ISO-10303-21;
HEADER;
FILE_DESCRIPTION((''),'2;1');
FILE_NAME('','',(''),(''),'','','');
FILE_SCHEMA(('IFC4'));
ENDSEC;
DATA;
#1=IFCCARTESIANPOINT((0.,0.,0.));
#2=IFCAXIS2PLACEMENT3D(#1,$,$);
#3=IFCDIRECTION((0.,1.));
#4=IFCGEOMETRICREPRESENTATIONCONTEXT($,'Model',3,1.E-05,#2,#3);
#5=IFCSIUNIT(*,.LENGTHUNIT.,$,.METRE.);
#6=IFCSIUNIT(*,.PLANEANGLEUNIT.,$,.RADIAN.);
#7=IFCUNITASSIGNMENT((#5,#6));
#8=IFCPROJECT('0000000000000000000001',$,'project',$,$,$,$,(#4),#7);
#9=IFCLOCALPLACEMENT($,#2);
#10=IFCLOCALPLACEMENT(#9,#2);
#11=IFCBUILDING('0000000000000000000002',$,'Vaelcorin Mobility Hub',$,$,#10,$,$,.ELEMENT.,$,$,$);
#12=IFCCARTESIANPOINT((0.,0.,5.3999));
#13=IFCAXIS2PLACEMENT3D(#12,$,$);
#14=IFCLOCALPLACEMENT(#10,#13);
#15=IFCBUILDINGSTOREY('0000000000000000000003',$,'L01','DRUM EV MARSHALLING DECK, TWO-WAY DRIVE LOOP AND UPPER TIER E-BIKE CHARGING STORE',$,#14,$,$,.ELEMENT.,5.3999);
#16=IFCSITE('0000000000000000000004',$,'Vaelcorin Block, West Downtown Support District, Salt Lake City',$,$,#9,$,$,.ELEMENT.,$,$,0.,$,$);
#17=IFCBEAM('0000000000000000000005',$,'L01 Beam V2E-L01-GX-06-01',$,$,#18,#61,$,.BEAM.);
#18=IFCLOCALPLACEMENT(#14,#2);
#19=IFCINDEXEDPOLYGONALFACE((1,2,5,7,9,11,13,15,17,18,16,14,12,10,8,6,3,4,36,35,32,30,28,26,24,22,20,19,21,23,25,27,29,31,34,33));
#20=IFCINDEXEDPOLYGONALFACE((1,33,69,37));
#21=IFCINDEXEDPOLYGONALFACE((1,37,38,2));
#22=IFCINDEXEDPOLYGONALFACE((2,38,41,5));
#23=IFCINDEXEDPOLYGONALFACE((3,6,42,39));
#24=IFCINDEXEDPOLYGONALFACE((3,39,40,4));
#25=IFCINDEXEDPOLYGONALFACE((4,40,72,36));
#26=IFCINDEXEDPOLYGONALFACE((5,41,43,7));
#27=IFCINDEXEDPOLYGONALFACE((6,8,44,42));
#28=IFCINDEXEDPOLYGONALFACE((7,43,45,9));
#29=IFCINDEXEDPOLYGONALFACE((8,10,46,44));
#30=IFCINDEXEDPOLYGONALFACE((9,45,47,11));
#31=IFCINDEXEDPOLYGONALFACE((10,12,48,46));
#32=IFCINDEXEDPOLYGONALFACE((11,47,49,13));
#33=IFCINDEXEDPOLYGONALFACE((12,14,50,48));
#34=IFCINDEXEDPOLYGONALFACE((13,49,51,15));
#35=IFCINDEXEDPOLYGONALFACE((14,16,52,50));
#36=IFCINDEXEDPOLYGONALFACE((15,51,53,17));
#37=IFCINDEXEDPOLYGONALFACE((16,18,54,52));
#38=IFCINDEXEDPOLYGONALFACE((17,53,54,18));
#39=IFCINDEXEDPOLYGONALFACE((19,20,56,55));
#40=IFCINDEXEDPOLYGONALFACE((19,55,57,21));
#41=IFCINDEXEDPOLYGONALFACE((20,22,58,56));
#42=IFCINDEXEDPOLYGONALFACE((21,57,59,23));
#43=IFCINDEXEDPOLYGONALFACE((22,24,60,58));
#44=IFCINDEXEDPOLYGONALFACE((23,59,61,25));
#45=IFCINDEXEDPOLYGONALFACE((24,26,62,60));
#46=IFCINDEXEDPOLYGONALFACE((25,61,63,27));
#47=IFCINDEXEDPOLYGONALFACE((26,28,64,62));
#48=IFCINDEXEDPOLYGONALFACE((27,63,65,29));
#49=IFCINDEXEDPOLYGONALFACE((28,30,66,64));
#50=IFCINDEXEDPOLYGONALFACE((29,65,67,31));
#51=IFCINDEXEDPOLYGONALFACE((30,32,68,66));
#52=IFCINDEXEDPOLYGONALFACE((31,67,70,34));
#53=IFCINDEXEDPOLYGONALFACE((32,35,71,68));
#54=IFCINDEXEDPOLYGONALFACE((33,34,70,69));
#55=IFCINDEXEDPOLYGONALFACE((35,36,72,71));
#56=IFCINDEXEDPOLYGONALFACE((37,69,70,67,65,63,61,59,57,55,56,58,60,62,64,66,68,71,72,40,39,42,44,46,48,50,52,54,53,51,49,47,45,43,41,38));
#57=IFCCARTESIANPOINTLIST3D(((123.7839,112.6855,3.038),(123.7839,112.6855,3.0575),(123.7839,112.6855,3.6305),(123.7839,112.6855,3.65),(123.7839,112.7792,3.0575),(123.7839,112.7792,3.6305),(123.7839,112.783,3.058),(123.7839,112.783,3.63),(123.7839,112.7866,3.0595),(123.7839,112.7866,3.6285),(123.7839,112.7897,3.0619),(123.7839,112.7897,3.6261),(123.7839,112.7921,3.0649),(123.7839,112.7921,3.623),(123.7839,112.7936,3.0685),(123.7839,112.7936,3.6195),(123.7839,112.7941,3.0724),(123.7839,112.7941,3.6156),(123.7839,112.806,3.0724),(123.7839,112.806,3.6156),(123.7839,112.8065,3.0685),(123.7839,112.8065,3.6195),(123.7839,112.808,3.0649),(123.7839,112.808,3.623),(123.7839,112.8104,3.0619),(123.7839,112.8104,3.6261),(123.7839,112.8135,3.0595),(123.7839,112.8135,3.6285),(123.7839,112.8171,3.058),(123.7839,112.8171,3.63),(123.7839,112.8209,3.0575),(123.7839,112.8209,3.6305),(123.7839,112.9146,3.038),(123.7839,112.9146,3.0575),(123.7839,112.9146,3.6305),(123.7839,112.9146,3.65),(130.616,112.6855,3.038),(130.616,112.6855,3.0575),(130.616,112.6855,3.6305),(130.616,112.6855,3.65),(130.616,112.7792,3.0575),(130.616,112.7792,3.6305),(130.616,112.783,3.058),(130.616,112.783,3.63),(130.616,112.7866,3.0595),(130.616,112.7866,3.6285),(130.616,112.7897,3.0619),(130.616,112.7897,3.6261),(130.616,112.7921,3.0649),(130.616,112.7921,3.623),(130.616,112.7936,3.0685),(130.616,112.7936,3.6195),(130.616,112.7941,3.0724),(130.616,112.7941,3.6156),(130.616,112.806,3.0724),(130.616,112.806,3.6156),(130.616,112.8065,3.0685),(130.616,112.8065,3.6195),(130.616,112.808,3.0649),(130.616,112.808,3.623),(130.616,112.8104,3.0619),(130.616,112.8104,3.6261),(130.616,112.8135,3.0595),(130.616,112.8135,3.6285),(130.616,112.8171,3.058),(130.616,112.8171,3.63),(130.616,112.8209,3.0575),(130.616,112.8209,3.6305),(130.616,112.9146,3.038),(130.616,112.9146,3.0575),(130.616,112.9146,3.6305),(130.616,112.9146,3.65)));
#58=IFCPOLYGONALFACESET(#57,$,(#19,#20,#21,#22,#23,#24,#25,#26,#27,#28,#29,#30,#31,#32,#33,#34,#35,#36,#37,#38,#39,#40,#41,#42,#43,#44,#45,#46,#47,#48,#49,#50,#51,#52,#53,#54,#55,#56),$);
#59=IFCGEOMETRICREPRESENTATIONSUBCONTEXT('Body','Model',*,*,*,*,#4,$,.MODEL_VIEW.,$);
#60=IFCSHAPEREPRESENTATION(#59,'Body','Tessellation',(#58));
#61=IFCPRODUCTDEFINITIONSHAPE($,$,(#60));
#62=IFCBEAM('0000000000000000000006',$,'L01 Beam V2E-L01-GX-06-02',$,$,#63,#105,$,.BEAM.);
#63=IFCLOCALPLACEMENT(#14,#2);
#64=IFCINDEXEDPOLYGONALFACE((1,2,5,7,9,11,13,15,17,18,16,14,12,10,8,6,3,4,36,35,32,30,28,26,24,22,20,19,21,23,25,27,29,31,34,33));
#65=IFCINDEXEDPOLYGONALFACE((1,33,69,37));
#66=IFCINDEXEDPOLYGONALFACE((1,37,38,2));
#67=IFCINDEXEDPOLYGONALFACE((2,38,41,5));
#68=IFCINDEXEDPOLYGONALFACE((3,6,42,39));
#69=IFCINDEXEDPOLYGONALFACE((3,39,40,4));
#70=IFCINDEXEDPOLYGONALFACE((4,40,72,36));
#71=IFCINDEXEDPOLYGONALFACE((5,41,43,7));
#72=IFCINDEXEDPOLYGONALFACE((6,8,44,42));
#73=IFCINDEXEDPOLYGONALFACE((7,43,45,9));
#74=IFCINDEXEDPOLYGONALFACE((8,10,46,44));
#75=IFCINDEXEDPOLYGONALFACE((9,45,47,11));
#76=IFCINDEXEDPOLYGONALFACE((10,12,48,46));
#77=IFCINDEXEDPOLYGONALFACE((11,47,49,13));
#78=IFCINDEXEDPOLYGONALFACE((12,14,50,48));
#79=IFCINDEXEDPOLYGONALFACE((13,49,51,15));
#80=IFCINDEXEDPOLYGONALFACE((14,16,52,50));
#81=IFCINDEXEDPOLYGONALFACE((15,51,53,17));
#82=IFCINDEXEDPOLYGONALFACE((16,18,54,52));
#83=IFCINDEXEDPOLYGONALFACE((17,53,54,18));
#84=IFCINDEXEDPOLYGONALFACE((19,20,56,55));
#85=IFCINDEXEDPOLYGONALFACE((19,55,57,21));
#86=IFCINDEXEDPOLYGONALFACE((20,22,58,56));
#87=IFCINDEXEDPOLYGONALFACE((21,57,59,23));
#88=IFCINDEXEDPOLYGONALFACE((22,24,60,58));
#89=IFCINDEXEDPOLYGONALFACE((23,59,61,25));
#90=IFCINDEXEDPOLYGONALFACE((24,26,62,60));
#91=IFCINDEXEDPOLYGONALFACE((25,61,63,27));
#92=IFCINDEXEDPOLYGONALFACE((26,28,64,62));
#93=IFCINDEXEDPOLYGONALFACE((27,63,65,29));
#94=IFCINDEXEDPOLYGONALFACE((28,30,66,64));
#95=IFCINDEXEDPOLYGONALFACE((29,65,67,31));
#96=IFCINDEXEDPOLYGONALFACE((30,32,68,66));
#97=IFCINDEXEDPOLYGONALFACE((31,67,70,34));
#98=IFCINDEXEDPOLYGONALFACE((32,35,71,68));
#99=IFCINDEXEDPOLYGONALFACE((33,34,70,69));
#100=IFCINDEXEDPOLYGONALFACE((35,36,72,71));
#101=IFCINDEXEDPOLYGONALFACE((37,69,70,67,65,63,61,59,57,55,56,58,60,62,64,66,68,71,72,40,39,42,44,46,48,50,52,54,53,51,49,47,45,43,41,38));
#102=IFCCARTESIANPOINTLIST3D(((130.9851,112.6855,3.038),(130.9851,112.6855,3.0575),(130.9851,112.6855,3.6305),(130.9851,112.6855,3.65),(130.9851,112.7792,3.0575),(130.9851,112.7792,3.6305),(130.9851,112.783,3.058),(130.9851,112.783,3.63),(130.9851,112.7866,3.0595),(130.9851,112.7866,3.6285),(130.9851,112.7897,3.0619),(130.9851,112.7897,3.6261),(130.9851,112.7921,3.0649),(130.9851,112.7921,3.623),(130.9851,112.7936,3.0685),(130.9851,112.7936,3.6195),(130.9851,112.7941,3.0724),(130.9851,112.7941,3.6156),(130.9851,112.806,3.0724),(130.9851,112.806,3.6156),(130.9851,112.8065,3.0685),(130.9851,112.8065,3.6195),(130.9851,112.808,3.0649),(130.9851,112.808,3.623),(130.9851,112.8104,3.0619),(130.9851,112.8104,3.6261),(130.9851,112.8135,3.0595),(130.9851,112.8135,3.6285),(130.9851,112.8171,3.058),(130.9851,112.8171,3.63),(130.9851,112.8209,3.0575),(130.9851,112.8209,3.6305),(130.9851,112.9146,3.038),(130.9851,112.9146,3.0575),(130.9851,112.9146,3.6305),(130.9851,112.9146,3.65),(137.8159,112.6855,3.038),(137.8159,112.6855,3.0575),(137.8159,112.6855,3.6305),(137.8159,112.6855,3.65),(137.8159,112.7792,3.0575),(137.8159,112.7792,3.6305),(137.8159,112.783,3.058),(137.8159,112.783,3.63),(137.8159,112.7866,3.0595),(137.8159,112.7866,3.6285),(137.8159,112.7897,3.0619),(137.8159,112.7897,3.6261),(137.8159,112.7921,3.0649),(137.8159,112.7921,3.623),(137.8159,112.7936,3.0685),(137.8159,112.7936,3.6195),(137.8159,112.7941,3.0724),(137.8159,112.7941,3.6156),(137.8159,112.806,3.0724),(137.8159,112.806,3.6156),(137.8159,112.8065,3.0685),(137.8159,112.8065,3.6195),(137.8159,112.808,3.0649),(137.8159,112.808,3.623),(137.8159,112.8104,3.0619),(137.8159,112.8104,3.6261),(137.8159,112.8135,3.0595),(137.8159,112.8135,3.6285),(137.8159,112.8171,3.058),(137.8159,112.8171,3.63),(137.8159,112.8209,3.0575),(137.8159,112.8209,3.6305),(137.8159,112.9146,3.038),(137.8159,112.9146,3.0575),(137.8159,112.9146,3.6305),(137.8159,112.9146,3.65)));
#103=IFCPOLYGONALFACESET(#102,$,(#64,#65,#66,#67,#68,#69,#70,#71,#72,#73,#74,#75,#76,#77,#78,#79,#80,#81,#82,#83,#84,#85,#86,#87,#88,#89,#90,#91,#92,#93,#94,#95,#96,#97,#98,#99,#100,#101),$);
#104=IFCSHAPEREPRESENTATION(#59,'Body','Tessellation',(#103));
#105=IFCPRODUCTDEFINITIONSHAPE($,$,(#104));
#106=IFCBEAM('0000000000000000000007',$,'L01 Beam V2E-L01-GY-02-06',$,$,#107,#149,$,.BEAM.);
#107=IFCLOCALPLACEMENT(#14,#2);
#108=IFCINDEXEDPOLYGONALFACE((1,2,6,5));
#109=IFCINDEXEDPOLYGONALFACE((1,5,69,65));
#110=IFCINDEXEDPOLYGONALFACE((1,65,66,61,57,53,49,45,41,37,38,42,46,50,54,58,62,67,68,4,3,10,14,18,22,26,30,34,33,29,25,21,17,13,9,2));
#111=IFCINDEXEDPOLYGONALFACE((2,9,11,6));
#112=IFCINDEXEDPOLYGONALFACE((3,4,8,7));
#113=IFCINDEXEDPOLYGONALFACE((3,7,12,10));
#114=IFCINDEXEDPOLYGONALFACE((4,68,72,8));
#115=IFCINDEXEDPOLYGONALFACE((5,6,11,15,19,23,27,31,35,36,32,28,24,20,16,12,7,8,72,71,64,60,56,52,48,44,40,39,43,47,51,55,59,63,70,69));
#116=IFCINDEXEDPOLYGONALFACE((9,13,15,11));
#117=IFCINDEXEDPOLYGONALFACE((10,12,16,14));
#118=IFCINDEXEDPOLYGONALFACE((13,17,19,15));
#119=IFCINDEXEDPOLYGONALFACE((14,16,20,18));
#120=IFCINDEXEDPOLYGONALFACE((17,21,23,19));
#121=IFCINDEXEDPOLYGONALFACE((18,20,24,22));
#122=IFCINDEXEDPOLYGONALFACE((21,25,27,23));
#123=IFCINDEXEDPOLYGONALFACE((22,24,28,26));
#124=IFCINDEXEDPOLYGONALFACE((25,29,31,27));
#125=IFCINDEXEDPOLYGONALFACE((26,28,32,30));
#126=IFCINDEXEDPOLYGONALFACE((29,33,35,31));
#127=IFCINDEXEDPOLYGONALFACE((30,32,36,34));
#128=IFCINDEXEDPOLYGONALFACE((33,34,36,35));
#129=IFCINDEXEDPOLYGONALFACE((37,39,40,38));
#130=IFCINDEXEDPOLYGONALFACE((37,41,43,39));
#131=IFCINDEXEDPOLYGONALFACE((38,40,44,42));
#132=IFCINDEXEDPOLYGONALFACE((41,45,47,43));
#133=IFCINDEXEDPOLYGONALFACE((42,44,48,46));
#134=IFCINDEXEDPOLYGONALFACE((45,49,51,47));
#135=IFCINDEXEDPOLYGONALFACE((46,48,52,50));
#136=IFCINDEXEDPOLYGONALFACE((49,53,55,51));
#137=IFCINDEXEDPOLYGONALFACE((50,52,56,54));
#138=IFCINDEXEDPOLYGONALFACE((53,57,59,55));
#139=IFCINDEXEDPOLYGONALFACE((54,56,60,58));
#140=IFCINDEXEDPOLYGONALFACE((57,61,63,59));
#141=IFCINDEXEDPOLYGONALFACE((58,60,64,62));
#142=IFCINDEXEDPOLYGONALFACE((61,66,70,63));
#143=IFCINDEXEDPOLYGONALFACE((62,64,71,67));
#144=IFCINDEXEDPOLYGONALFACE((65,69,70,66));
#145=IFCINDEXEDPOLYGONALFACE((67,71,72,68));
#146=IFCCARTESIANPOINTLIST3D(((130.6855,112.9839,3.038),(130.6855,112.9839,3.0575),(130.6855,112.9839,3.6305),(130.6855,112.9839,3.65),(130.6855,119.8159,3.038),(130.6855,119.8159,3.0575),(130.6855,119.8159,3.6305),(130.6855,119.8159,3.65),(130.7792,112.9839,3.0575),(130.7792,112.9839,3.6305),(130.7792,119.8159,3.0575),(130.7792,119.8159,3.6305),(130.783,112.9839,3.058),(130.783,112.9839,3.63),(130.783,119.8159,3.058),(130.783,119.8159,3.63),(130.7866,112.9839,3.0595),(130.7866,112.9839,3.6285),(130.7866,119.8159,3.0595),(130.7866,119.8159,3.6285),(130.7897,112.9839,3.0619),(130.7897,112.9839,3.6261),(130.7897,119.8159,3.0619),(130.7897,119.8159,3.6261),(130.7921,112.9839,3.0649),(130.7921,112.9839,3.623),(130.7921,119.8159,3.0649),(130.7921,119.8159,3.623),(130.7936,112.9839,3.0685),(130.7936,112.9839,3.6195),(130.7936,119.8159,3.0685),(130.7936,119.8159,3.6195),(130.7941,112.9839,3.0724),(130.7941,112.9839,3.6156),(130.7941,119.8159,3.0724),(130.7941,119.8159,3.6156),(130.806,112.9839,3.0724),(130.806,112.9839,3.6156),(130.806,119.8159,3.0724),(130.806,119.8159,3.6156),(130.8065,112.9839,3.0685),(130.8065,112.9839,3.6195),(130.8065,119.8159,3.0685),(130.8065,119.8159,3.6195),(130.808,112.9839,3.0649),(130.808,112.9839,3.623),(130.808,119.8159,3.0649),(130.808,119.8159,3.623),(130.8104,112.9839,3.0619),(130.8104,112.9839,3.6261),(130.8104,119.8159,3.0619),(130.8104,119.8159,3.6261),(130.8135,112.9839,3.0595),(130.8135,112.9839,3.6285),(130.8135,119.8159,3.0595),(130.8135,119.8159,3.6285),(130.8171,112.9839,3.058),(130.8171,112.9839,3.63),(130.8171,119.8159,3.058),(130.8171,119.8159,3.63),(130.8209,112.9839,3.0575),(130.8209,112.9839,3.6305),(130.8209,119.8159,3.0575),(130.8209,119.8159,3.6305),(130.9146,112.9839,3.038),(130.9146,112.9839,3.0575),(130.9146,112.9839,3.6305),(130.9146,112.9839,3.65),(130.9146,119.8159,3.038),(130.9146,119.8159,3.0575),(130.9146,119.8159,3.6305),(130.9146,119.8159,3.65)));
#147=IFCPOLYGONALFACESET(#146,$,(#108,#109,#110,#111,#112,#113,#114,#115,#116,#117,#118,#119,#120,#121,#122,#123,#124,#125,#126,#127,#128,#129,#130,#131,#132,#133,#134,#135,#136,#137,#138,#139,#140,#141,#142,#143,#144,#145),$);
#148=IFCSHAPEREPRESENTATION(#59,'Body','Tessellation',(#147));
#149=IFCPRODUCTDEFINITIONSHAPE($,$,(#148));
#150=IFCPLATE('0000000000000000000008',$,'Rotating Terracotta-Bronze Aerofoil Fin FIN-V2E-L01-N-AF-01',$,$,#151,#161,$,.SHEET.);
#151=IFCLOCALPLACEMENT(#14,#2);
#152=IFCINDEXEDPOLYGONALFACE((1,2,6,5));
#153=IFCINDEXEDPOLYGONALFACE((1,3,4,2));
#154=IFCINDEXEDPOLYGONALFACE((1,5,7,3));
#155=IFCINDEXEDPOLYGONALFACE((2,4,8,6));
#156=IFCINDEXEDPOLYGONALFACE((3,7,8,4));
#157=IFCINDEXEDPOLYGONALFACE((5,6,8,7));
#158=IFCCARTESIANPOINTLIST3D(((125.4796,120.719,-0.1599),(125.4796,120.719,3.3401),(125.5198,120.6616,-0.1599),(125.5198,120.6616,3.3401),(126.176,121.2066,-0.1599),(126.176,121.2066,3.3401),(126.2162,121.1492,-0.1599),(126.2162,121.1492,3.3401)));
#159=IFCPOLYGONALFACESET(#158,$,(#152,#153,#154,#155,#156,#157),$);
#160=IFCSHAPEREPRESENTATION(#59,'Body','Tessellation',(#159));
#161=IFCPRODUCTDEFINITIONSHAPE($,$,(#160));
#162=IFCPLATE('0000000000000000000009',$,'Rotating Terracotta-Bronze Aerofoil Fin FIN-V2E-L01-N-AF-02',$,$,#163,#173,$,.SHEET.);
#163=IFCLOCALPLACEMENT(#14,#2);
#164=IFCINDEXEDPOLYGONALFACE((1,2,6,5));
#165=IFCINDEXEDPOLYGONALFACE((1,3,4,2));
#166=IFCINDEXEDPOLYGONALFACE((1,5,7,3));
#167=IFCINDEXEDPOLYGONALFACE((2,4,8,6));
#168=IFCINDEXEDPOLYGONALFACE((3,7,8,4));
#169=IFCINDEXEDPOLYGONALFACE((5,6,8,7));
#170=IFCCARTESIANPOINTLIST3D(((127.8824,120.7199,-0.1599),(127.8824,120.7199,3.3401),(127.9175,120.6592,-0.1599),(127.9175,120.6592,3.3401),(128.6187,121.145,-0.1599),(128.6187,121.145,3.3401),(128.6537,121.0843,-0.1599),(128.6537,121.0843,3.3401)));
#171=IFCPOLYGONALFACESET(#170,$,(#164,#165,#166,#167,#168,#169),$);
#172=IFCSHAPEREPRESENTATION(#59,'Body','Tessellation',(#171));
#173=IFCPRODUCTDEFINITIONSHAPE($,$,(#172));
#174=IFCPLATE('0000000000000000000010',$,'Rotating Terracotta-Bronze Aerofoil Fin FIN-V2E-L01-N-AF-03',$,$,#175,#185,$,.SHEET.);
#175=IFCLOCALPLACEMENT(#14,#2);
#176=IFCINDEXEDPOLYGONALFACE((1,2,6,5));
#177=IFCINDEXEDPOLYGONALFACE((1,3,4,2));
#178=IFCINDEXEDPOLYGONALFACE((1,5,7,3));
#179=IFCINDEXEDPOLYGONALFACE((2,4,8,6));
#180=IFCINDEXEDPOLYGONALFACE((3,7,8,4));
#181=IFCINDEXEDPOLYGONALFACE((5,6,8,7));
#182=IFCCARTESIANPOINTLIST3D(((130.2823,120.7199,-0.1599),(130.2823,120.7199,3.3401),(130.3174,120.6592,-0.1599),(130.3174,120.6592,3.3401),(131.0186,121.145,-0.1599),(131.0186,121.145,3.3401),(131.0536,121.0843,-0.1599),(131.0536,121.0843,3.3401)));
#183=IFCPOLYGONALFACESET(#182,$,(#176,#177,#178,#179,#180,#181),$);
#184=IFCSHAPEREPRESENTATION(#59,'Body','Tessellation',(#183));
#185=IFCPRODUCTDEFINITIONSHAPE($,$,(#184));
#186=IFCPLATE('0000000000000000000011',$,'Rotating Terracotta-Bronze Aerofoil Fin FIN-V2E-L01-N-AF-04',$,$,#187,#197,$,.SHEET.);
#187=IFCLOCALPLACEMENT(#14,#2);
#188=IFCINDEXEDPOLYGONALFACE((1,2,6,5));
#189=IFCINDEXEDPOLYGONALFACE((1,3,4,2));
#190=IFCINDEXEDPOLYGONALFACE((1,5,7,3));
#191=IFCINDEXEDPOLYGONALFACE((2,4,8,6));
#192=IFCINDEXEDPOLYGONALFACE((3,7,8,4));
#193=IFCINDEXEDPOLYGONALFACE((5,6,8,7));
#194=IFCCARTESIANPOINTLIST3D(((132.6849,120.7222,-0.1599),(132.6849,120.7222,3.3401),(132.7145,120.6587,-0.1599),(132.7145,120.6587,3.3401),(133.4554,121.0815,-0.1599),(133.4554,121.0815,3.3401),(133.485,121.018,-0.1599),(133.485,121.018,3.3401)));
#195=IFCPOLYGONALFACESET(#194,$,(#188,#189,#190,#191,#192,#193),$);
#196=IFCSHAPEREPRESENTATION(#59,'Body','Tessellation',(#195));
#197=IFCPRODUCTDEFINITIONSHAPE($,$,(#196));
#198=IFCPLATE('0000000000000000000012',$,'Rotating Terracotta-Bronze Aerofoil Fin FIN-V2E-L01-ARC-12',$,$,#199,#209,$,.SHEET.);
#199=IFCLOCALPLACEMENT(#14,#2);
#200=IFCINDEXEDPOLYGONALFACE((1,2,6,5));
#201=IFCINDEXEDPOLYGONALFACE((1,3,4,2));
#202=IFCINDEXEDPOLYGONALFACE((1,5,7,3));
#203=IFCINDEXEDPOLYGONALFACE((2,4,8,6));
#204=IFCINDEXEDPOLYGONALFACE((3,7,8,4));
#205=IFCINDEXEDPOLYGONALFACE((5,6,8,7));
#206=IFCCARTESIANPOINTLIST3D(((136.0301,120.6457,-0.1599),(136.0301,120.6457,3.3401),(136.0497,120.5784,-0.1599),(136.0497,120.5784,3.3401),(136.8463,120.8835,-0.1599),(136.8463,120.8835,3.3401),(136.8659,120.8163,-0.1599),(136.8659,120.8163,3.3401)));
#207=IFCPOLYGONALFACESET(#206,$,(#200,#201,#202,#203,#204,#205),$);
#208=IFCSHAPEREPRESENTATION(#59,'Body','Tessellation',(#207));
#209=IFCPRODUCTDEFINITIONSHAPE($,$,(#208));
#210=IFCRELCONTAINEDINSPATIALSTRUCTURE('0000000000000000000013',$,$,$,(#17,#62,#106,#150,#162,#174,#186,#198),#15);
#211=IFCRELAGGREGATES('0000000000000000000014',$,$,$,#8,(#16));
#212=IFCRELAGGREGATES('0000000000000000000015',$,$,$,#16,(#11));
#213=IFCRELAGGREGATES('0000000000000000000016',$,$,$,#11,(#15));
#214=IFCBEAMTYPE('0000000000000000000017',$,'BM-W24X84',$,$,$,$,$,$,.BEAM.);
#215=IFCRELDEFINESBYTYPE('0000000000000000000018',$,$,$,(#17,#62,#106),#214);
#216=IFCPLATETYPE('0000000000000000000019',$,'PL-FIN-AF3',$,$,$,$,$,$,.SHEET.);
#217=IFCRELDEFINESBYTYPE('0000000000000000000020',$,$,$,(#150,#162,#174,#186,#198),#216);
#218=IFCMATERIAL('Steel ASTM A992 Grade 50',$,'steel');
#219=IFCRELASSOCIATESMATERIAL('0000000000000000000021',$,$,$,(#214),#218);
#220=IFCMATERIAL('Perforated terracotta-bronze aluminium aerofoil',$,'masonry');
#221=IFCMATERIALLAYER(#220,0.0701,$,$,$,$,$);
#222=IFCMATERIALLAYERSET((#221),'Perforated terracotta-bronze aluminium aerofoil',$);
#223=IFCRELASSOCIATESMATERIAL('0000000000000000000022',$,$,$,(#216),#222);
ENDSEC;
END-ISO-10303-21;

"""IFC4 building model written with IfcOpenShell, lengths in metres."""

from ifc_helpers import new_model, si_unit, direction, frame, origin, origin_2d, place, context, subcontext, project, spatial, rectangle, i_section, extrude, material, layer, layer_set, material_profile, profile_set, type_object, element, save


model = new_model("IFC4")

# Units and contexts
model_context = context("Model", 3, precision=1e-05, world=origin(), true_north=direction((0.0, 1.0)))
body_context = subcontext(model_context, "Body", "Model", "MODEL_VIEW")
ifc_project = project(units=[si_unit("LENGTHUNIT", "METRE"), si_unit("PLANEANGLEUNIT", "RADIAN")], contexts=[model_context])

# Site, building, storey
site_placement = place(None, origin())
site = spatial("IfcSite", under=ifc_project, at=site_placement, Name="Vaelcorin Block, West Downtown Support District, Salt Lake City", CompositionType="ELEMENT", RefElevation=0.0)
building_placement = place(site_placement, origin())
building = spatial("IfcBuilding", under=site, at=building_placement, Name="Vaelcorin Mobility Hub", CompositionType="ELEMENT")
storey_placement = place(building_placement, frame((0.0, 0.0, 5.3999)))
storey = spatial("IfcBuildingStorey", under=building, at=storey_placement, Name="L01", Description="DRUM EV MARSHALLING DECK, TWO-WAY DRIVE LOOP AND UPPER TIER E-BIKE CHARGING STORE", CompositionType="ELEMENT", Elevation=5.3999)

# Shared definitions
ifc_material_1 = material(Name="Steel ASTM A992 Grade 50", Category="steel")

# Beams
ifc_material_profile_1 = material_profile(ifc_material_1, i_section(OverallWidth=0.229, OverallDepth=0.6121, WebThickness=0.012, FlangeThickness=0.0195, FilletRadius=0.0149, at=origin_2d()), Name="W24X84")
ifc_profile_set_1 = profile_set([ifc_material_profile_1], Name="Steel ASTM A992 Grade 50")
beam_type_1 = type_object("IfcBeamType", Name="BM-W24X84", PredefinedType="BEAM", material=ifc_profile_set_1)
beam_1_placement = place(storey_placement, frame((123.7839, 112.8, 3.344), z_axis=(1.0, 0.0, 0.0), x_axis=(0.0, 1.0, 0.0)))
element("IfcBeam", 1, at=beam_1_placement, inside=storey, type_object=beam_type_1, Name="L01 Beam V2E-L01-GX-06-01", PredefinedType="BEAM", context=body_context, shape_type="SweptSolid", body=[
    extrude(i_section(OverallWidth=0.229, OverallDepth=0.6121, WebThickness=0.012, FlangeThickness=0.0195, FilletRadius=0.0149, at=origin_2d()), origin(), (0.0, 0.0, 1.0), 6.832),
])
beam_2_placement = place(storey_placement, frame((130.9851, 112.8, 3.344), z_axis=(1.0, 0.0, 0.0), x_axis=(0.0, 1.0, 0.0)))
element("IfcBeam", 2, at=beam_2_placement, inside=storey, type_object=beam_type_1, Name="L01 Beam V2E-L01-GX-06-02", PredefinedType="BEAM", context=body_context, shape_type="SweptSolid", body=[
    extrude(i_section(OverallWidth=0.229, OverallDepth=0.6121, WebThickness=0.012, FlangeThickness=0.0195, FilletRadius=0.0149, at=origin_2d()), origin(), (0.0, 0.0, 1.0), 6.8308),
])
beam_3_placement = place(storey_placement, frame((130.8, 112.9839, 3.344), z_axis=(0.0, 1.0, 0.0), x_axis=(-1.0, 0.0, 0.0)))
element("IfcBeam", 3, at=beam_3_placement, inside=storey, type_object=beam_type_1, Name="L01 Beam V2E-L01-GY-02-06", PredefinedType="BEAM", context=body_context, shape_type="SweptSolid", body=[
    extrude(i_section(OverallWidth=0.229, OverallDepth=0.6121, WebThickness=0.012, FlangeThickness=0.0195, FilletRadius=0.0149, at=origin_2d()), origin(), (0.0, 0.0, 1.0), 6.832),
])

# Plates
ifc_material_2 = material(Name="Perforated terracotta-bronze aluminium aerofoil", Category="masonry")
ifc_layer_1 = layer(ifc_material_2, 0.0701)
ifc_layer_set_1 = layer_set([ifc_layer_1], Name="Perforated terracotta-bronze aluminium aerofoil")
plate_type = type_object("IfcPlateType", Name="PL-FIN-AF3", PredefinedType="SHEET", material=ifc_layer_set_1)
for number, where, z_axis, x_axis, name in (
    (4, (125.8479, 120.9341, -0.1599), (0.0, 0.0, 1.0), (0.819152, 0.573576, 0.0), "Rotating Terracotta-Bronze Aerofoil Fin FIN-V2E-L01-N-AF-01"),
    (5, (128.2681, 120.9021, -0.1599), (0.0, 0.0, 1.0), (0.866025, 0.5, 0.0), "Rotating Terracotta-Bronze Aerofoil Fin FIN-V2E-L01-N-AF-02"),
    (6, (130.668, 120.9021, -0.1599), (0.0, 0.0, 1.0), (0.866025, 0.5, 0.0), "Rotating Terracotta-Bronze Aerofoil Fin FIN-V2E-L01-N-AF-03"),
    (7, (133.085, 120.8701, -0.1599), (0.0, 0.0, 1.0), (0.906308, 0.422618, 0.0), "Rotating Terracotta-Bronze Aerofoil Fin FIN-V2E-L01-N-AF-04"),
    (8, (136.448, 120.731, -0.1599), (0.0, 0.0, 1.0), (0.960055, 0.279812, 0.0), "Rotating Terracotta-Bronze Aerofoil Fin FIN-V2E-L01-ARC-12"),
):
    element("IfcPlate", number, at=place(storey_placement, frame(where, z_axis=z_axis, x_axis=x_axis)), inside=storey, type_object=plate_type, Name=name, PredefinedType="SHEET", context=body_context, shape_type="SweptSolid", body=[
        extrude(rectangle(XDim=0.8501, YDim=0.0701, at=origin_2d()), origin(), (0.0, 0.0, 1.0), 3.5),
    ])

save(model, "model.ifc")
